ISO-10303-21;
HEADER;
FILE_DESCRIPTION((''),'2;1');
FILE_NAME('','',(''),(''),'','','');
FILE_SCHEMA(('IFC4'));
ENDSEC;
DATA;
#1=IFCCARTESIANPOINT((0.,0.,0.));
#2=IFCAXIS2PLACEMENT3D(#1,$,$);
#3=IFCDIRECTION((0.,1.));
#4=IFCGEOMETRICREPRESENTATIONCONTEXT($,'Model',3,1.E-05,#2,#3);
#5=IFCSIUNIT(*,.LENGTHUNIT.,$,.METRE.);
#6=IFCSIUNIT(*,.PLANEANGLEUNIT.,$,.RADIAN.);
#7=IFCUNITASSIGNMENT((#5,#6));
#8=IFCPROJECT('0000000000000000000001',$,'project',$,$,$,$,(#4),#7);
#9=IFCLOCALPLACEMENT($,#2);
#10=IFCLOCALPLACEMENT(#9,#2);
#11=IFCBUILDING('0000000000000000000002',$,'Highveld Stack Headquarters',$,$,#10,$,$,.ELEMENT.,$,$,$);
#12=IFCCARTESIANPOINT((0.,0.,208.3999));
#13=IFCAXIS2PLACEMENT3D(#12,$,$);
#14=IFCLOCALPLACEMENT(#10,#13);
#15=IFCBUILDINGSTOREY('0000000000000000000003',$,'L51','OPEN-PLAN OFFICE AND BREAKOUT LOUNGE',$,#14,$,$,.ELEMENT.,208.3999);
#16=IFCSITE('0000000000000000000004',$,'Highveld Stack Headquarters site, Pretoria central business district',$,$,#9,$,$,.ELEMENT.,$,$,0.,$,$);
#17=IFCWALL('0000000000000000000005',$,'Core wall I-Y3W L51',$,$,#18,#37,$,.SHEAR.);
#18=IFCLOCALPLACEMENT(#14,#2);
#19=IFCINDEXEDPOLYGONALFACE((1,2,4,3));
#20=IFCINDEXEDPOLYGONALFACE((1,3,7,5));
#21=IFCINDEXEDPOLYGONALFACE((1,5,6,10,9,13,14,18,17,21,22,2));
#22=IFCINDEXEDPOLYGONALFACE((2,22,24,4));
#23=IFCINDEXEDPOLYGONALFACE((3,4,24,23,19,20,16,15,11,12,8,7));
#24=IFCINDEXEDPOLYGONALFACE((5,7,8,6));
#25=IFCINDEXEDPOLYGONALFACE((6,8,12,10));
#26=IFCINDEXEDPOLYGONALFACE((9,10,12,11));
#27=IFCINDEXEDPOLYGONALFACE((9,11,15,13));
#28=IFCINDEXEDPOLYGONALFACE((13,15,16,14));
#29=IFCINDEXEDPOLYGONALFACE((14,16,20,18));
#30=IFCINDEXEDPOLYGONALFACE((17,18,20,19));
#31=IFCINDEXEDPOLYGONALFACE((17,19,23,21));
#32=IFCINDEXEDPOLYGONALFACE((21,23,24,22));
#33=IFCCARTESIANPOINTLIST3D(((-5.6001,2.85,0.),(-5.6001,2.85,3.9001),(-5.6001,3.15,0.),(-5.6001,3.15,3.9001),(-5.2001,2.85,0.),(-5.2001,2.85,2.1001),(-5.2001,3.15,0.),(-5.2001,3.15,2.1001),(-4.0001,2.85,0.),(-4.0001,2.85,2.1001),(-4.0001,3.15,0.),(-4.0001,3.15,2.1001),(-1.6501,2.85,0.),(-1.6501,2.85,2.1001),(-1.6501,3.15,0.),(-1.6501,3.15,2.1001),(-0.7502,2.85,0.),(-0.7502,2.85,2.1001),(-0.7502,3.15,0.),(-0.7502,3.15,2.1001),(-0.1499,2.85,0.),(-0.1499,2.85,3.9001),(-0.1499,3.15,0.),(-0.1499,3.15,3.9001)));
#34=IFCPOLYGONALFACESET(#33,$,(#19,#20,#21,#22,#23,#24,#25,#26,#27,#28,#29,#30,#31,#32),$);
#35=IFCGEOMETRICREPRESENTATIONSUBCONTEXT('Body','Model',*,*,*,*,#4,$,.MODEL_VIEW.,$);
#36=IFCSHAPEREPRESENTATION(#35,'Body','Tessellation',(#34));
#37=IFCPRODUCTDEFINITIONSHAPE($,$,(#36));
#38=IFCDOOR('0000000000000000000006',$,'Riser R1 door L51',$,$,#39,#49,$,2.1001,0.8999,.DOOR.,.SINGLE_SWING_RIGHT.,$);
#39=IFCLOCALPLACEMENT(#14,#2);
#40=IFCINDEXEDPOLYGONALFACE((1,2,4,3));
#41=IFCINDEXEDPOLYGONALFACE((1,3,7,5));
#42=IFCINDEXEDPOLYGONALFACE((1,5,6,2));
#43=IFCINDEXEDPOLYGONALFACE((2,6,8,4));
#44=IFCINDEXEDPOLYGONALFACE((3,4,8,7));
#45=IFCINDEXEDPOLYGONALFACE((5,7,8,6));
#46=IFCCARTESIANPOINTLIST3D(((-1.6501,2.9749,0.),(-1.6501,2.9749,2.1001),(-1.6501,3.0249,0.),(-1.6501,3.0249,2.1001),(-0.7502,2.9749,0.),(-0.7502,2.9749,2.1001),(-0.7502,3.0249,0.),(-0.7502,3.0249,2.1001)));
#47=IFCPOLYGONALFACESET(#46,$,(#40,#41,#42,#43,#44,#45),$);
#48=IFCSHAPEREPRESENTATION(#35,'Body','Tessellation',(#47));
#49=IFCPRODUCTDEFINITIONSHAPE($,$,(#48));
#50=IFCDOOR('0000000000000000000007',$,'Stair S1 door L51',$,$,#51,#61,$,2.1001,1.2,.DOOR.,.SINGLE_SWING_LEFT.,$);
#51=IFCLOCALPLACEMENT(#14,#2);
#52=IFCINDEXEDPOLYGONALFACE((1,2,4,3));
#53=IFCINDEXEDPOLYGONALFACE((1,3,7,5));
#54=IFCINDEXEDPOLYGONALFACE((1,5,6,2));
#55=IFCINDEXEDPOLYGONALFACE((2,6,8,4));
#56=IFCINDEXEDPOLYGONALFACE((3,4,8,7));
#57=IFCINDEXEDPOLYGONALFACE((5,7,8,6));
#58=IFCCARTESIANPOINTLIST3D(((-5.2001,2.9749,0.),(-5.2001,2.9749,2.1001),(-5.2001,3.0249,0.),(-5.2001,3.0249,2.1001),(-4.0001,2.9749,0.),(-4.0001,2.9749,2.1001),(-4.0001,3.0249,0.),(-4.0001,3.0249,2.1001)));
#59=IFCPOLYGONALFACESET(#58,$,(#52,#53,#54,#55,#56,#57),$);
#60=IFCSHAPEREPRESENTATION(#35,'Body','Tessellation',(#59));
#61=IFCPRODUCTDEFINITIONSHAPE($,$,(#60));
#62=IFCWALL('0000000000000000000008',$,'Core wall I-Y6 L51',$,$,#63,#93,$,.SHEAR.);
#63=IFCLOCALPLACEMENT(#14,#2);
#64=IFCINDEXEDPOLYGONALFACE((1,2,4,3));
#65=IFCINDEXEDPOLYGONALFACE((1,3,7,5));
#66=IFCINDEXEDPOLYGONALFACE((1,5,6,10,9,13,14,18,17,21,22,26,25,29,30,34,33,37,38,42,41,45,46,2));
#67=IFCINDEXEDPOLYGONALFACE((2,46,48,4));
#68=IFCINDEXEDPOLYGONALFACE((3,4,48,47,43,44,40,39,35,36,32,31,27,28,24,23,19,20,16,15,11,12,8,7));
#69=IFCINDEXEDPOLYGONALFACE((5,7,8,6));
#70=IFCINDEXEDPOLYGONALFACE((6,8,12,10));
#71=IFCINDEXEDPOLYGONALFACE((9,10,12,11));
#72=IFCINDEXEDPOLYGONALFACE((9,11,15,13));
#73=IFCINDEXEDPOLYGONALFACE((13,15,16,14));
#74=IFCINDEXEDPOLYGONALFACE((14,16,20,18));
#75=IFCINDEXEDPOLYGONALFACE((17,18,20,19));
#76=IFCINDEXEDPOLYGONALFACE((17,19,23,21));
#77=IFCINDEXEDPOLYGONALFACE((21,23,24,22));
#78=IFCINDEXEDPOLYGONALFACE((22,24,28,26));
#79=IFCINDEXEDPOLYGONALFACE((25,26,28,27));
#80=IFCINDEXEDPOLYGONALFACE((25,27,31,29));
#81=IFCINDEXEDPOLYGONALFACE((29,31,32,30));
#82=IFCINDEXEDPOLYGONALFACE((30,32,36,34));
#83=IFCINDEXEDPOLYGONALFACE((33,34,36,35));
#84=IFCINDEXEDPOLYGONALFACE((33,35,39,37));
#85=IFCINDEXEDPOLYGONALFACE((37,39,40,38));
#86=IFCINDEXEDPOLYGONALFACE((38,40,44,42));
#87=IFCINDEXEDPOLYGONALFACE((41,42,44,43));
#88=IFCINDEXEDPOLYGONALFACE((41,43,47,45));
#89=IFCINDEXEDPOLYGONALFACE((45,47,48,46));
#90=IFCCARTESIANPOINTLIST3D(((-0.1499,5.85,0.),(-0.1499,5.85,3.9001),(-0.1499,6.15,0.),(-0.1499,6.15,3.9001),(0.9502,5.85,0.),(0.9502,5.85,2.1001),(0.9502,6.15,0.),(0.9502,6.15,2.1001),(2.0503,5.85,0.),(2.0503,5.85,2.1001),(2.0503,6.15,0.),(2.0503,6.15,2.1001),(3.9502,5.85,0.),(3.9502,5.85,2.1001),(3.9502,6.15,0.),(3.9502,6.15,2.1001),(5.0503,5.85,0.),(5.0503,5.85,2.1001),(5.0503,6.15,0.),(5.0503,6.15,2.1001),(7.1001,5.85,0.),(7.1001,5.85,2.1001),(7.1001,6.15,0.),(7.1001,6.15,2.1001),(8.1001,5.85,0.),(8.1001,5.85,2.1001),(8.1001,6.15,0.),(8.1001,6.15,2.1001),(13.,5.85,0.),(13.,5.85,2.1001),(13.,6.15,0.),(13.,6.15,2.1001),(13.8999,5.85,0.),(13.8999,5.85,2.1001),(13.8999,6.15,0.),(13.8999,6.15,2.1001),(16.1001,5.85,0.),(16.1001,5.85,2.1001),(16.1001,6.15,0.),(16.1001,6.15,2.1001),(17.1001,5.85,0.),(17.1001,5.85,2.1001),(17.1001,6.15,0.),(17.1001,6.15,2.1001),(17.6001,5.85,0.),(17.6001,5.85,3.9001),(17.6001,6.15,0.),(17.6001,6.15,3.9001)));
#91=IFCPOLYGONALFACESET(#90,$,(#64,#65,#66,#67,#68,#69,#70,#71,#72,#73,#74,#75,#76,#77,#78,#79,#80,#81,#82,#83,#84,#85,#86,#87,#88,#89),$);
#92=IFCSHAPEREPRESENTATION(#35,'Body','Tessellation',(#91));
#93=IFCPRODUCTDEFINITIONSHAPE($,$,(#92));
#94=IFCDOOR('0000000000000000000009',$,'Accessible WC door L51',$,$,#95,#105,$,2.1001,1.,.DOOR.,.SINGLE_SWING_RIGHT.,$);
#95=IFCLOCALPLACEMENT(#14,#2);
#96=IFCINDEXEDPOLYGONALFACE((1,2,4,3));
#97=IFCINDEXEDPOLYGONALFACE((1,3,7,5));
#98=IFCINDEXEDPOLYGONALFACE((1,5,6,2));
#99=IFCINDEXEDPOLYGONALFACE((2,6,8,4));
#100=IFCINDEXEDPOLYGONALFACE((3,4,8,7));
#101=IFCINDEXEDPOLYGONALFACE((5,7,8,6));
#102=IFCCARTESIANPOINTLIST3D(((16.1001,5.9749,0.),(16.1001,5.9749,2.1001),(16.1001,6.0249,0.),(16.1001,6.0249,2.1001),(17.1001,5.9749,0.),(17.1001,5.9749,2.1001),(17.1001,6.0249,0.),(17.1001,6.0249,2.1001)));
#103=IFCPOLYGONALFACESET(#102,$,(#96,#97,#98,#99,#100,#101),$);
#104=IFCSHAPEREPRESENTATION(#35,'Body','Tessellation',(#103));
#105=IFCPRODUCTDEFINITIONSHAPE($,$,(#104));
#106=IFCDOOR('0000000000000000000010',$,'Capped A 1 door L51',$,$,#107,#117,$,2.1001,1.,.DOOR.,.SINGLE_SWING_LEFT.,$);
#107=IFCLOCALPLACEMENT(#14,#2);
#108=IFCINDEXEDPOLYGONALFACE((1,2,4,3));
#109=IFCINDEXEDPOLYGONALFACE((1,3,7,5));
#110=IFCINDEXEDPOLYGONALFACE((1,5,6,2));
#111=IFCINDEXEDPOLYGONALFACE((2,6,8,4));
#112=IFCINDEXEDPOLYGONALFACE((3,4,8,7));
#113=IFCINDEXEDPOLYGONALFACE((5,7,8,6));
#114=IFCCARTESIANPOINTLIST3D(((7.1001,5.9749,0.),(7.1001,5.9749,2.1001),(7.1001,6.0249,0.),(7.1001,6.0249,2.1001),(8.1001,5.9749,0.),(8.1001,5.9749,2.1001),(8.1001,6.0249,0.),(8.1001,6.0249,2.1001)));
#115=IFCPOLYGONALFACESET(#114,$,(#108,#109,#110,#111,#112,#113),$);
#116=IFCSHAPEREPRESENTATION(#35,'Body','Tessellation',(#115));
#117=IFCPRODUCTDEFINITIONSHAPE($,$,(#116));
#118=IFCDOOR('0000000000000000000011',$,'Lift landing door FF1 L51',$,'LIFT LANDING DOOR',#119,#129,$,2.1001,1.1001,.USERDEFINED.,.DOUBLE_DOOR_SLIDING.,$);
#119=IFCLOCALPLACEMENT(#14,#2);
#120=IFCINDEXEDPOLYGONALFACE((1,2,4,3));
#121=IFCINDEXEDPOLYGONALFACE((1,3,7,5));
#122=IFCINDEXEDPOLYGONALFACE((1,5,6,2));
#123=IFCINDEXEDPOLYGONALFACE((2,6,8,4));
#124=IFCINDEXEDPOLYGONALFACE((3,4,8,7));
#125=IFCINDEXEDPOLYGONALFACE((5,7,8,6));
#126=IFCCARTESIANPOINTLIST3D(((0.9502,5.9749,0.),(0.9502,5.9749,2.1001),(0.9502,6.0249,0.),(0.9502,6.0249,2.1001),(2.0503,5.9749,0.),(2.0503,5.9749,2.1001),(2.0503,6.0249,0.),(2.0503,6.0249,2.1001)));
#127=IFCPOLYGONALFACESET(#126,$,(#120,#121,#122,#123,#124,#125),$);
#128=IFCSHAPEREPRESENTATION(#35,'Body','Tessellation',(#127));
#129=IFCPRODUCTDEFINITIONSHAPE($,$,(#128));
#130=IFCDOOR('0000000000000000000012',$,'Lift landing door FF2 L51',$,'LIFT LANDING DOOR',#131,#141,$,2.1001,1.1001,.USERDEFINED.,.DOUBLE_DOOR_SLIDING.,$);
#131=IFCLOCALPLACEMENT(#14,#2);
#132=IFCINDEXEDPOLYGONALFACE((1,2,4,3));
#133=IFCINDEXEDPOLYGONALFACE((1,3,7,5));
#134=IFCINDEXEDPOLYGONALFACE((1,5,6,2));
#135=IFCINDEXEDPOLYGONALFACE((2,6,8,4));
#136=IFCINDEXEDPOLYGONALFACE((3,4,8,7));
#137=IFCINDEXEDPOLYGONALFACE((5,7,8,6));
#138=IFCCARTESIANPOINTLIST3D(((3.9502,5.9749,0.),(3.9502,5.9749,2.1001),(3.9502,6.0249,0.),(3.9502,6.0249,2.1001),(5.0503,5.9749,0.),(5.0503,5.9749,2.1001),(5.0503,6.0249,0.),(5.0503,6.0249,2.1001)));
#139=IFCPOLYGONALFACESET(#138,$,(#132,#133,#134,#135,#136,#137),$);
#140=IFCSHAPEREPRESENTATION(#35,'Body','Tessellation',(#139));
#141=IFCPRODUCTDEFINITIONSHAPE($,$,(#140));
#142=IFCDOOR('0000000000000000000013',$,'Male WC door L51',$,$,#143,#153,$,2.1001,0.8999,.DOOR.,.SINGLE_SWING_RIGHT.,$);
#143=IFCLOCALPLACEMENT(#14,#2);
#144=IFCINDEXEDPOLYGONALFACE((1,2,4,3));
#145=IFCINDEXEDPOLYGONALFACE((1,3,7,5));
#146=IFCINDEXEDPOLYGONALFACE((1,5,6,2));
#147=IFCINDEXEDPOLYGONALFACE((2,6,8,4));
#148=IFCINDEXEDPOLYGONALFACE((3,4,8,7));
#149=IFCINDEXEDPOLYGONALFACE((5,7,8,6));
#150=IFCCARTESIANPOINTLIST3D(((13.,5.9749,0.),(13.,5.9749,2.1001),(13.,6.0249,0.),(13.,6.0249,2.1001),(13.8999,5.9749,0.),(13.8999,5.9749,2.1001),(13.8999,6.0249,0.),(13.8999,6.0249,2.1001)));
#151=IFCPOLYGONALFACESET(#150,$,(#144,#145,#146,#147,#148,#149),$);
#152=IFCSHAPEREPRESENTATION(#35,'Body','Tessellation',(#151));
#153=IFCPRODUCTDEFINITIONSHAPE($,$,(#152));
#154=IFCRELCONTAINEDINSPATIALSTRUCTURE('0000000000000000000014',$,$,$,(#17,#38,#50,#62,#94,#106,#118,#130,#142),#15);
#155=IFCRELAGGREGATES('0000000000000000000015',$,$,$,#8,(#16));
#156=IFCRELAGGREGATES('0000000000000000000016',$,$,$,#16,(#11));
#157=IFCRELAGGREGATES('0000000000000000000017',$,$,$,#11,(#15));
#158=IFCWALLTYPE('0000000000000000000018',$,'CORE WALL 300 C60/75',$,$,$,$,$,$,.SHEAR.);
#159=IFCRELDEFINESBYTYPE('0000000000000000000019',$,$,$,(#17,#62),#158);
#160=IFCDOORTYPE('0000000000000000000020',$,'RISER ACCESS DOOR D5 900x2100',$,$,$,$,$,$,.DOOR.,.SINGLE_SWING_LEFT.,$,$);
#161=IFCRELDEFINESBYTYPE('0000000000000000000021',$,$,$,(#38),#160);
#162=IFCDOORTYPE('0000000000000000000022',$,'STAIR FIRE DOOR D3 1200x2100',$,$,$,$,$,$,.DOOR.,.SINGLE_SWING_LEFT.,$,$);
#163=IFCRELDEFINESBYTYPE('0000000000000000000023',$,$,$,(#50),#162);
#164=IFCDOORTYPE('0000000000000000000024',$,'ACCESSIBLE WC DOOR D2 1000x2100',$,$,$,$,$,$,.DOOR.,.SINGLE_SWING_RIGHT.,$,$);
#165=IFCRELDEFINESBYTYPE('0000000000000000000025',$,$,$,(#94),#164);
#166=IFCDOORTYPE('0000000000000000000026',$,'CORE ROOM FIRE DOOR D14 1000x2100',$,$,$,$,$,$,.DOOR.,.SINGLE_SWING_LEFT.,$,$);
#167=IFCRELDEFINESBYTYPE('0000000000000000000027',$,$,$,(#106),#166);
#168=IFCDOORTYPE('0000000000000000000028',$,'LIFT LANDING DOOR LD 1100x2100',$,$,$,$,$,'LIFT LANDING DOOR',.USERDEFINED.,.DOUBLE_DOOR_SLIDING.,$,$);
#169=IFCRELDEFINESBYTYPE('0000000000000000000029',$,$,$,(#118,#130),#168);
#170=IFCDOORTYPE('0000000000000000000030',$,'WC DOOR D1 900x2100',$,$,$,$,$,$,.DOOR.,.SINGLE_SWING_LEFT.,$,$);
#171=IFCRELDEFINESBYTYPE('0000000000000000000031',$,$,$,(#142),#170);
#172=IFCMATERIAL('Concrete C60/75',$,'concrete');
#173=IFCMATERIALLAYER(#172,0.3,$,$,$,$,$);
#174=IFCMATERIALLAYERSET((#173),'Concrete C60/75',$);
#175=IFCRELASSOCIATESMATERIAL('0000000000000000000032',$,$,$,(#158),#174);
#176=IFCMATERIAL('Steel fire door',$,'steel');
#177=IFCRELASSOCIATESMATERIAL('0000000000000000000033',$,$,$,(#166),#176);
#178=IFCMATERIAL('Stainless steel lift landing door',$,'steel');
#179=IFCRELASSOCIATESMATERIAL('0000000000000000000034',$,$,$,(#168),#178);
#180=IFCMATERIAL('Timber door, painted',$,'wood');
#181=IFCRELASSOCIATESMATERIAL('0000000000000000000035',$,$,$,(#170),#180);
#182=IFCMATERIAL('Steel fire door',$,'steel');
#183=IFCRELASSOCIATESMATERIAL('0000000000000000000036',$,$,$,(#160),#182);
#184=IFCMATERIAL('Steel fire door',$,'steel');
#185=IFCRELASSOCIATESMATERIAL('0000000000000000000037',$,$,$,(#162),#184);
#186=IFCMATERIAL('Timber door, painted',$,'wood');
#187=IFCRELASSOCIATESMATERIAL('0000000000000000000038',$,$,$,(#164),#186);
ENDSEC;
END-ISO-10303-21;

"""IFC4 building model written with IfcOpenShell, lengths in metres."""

from ifc_helpers import new_model, si_unit, direction, frame, frame_2d, origin, place, context, subcontext, project, spatial, rectangle, extrude, material, layer, layer_set, type_object, element, fill, save


model = new_model("IFC4")

# Units and contexts
model_context = context("Model", 3, precision=1e-05, world=origin(), true_north=direction((0.0, 1.0)))
body_context = subcontext(model_context, "Body", "Model", "MODEL_VIEW")
ifc_project = project(units=[si_unit("LENGTHUNIT", "METRE"), si_unit("PLANEANGLEUNIT", "RADIAN")], contexts=[model_context])

# Site, building, storey
site_placement = place(None, origin())
site = spatial("IfcSite", under=ifc_project, at=site_placement, Name="Highveld Stack Headquarters site, Pretoria central business district", CompositionType="ELEMENT", RefElevation=0.0)
building_placement = place(site_placement, origin())
building = spatial("IfcBuilding", under=site, at=building_placement, Name="Highveld Stack Headquarters", CompositionType="ELEMENT")
storey_placement = place(building_placement, frame((0.0, 0.0, 208.3999)))
storey = spatial("IfcBuildingStorey", under=building, at=storey_placement, Name="L51", Description="OPEN-PLAN OFFICE AND BREAKOUT LOUNGE", CompositionType="ELEMENT", Elevation=208.3999)

# Walls, openings, doors
ifc_material_1 = material(Name="Concrete C60/75", Category="concrete")
ifc_layer_1 = layer(ifc_material_1, 0.3)
ifc_layer_set_1 = layer_set([ifc_layer_1], Name="Concrete C60/75")
wall_type_1 = type_object("IfcWallType", Name="CORE WALL 300 C60/75", PredefinedType="SHEAR", material=ifc_layer_set_1)
ifc_material_2 = material(Name="Steel fire door", Category="steel")
door_type_1 = type_object("IfcDoorType", Name="CORE ROOM FIRE DOOR D14 1000x2100", OperationType="SINGLE_SWING_LEFT", PredefinedType="DOOR", material=ifc_material_2)
ifc_material_3 = material(Name="Stainless steel lift landing door", Category="steel")
door_type_2 = type_object("IfcDoorType", Name="LIFT LANDING DOOR LD 1100x2100", ElementType="LIFT LANDING DOOR", OperationType="DOUBLE_DOOR_SLIDING", PredefinedType="USERDEFINED", material=ifc_material_3)
ifc_material_4 = material(Name="Timber door, painted", Category="wood")
door_type_3 = type_object("IfcDoorType", Name="WC DOOR D1 900x2100", OperationType="SINGLE_SWING_LEFT", PredefinedType="DOOR", material=ifc_material_4)
wall_1_placement = place(storey_placement, frame((-5.6001, 3.0, 0.0), z_axis=(0.0, 0.0, 1.0), x_axis=(1.0, 0.0, 0.0)))
wall_1 = element("IfcWall", 1, at=wall_1_placement, inside=storey, type_object=wall_type_1, Name="Core wall I-Y3W L51", PredefinedType="SHEAR", context=body_context, shape_type="SweptSolid", body=[
    extrude(rectangle(XDim=5.4502, YDim=0.3, at=frame_2d((2.7251, 0.0))), origin(), (0.0, 0.0, 1.0), 3.9001),
])
opening_1_placement = place(wall_1_placement, frame((0.3999, 0.0, 0.0)))
opening_1 = element("IfcOpeningElement", 2, at=opening_1_placement, cuts=wall_1, PredefinedType="OPENING", context=body_context, shape_type="SweptSolid", body=[
    extrude(rectangle(XDim=1.2, YDim=2.1001, at=frame_2d((0.6001, 1.05))), frame((0.0, 0.1599, 0.0), z_axis=(0.0, -1.0, 0.0), x_axis=(1.0, 0.0, 0.0)), (0.0, 0.0, 1.0), 0.3201),
])
opening_2_placement = place(wall_1_placement, frame((3.95, 0.0, 0.0)))
opening_2 = element("IfcOpeningElement", 3, at=opening_2_placement, cuts=wall_1, PredefinedType="OPENING", context=body_context, shape_type="SweptSolid", body=[
    extrude(rectangle(XDim=0.8999, YDim=2.1001, at=frame_2d((0.45, 1.05))), frame((0.0, 0.1599, 0.0), z_axis=(0.0, -1.0, 0.0), x_axis=(1.0, 0.0, 0.0)), (0.0, 0.0, 1.0), 0.3201),
])
ifc_material_5 = material(Name="Steel fire door", Category="steel")
door_type_4 = type_object("IfcDoorType", Name="RISER ACCESS DOOR D5 900x2100", OperationType="SINGLE_SWING_LEFT", PredefinedType="DOOR", material=ifc_material_5)
door_1_placement = place(opening_2_placement, origin())
door_1 = element("IfcDoor", 4, at=door_1_placement, inside=storey, type_object=door_type_4, Name="Riser R1 door L51", OperationType="SINGLE_SWING_RIGHT", OverallHeight=2.1001, OverallWidth=0.8999, PredefinedType="DOOR", context=body_context, shape_type="SweptSolid", body=[
    extrude(rectangle(XDim=0.8999, YDim=2.1001, at=frame_2d((0.45, 1.05))), frame((0.0, 0.0249, 0.0), z_axis=(0.0, -1.0, 0.0), x_axis=(1.0, 0.0, 0.0)), (0.0, 0.0, 1.0), 0.05),
])
fill(opening_2, door_1)
ifc_material_6 = material(Name="Steel fire door", Category="steel")
door_type_5 = type_object("IfcDoorType", Name="STAIR FIRE DOOR D3 1200x2100", OperationType="SINGLE_SWING_LEFT", PredefinedType="DOOR", material=ifc_material_6)
door_2_placement = place(opening_1_placement, origin())
door_2 = element("IfcDoor", 5, at=door_2_placement, inside=storey, type_object=door_type_5, Name="Stair S1 door L51", OperationType="SINGLE_SWING_LEFT", OverallHeight=2.1001, OverallWidth=1.2, PredefinedType="DOOR", context=body_context, shape_type="SweptSolid", body=[
    extrude(rectangle(XDim=1.2, YDim=2.1001, at=frame_2d((0.6001, 1.05))), frame((0.0, 0.0249, 0.0), z_axis=(0.0, -1.0, 0.0), x_axis=(1.0, 0.0, 0.0)), (0.0, 0.0, 1.0), 0.05),
])
fill(opening_1, door_2)
wall_2_placement = place(storey_placement, frame((-0.1499, 6.0, 0.0), z_axis=(0.0, 0.0, 1.0), x_axis=(1.0, 0.0, 0.0)))
wall_2 = element("IfcWall", 6, at=wall_2_placement, inside=storey, type_object=wall_type_1, Name="Core wall I-Y6 L51", PredefinedType="SHEAR", context=body_context, shape_type="SweptSolid", body=[
    extrude(rectangle(XDim=17.75, YDim=0.3, at=frame_2d((8.875, 0.0))), origin(), (0.0, 0.0, 1.0), 3.9001),
])
opening_3_placement = place(wall_2_placement, frame((13.1499, 0.0, 0.0)))
opening_3 = element("IfcOpeningElement", 7, at=opening_3_placement, cuts=wall_2, PredefinedType="OPENING", context=body_context, shape_type="SweptSolid", body=[
    extrude(rectangle(XDim=0.8999, YDim=2.1001, at=frame_2d((0.45, 1.05))), frame((0.0, 0.1599, 0.0), z_axis=(0.0, -1.0, 0.0), x_axis=(1.0, 0.0, 0.0)), (0.0, 0.0, 1.0), 0.3201),
])
opening_4_placement = place(wall_2_placement, frame((16.25, 0.0, 0.0)))
opening_4 = element("IfcOpeningElement", 8, at=opening_4_placement, cuts=wall_2, PredefinedType="OPENING", context=body_context, shape_type="SweptSolid", body=[
    extrude(rectangle(XDim=1.0, YDim=2.1001, at=frame_2d((0.5, 1.05))), frame((0.0, 0.1599, 0.0), z_axis=(0.0, -1.0, 0.0), x_axis=(1.0, 0.0, 0.0)), (0.0, 0.0, 1.0), 0.3201),
])
opening_5_placement = place(wall_2_placement, frame((7.25, 0.0, 0.0)))
opening_5 = element("IfcOpeningElement", 9, at=opening_5_placement, cuts=wall_2, PredefinedType="OPENING", context=body_context, shape_type="SweptSolid", body=[
    extrude(rectangle(XDim=1.0, YDim=2.1001, at=frame_2d((0.5, 1.05))), frame((0.0, 0.1599, 0.0), z_axis=(0.0, -1.0, 0.0), x_axis=(1.0, 0.0, 0.0)), (0.0, 0.0, 1.0), 0.3201),
])
opening_6_placement = place(wall_2_placement, frame((1.1001, 0.0, 0.0)))
opening_6 = element("IfcOpeningElement", 10, at=opening_6_placement, cuts=wall_2, PredefinedType="OPENING", context=body_context, shape_type="SweptSolid", body=[
    extrude(rectangle(XDim=1.1001, YDim=2.1001, at=frame_2d((0.55, 1.05))), frame((0.0, 0.1599, 0.0), z_axis=(0.0, -1.0, 0.0), x_axis=(1.0, 0.0, 0.0)), (0.0, 0.0, 1.0), 0.3201),
])
opening_7_placement = place(wall_2_placement, frame((4.1001, 0.0, 0.0)))
opening_7 = element("IfcOpeningElement", 11, at=opening_7_placement, cuts=wall_2, PredefinedType="OPENING", context=body_context, shape_type="SweptSolid", body=[
    extrude(rectangle(XDim=1.1001, YDim=2.1001, at=frame_2d((0.55, 1.05))), frame((0.0, 0.1599, 0.0), z_axis=(0.0, -1.0, 0.0), x_axis=(1.0, 0.0, 0.0)), (0.0, 0.0, 1.0), 0.3201),
])
ifc_material_7 = material(Name="Timber door, painted", Category="wood")
door_type_6 = type_object("IfcDoorType", Name="ACCESSIBLE WC DOOR D2 1000x2100", OperationType="SINGLE_SWING_RIGHT", PredefinedType="DOOR", material=ifc_material_7)
door_3_placement = place(opening_4_placement, origin())
door_3 = element("IfcDoor", 12, at=door_3_placement, inside=storey, type_object=door_type_6, Name="Accessible WC door L51", OperationType="SINGLE_SWING_RIGHT", OverallHeight=2.1001, OverallWidth=1.0, PredefinedType="DOOR", context=body_context, shape_type="SweptSolid", body=[
    extrude(rectangle(XDim=1.0, YDim=2.1001, at=frame_2d((0.5, 1.05))), frame((0.0, 0.0249, 0.0), z_axis=(0.0, -1.0, 0.0), x_axis=(1.0, 0.0, 0.0)), (0.0, 0.0, 1.0), 0.05),
])
fill(opening_4, door_3)
door_4_placement = place(opening_5_placement, origin())
door_4 = element("IfcDoor", 13, at=door_4_placement, inside=storey, type_object=door_type_1, Name="Capped A 1 door L51", OperationType="SINGLE_SWING_LEFT", OverallHeight=2.1001, OverallWidth=1.0, PredefinedType="DOOR", context=body_context, shape_type="SweptSolid", body=[
    extrude(rectangle(XDim=1.0, YDim=2.1001, at=frame_2d((0.5, 1.05))), frame((0.0, 0.0249, 0.0), z_axis=(0.0, -1.0, 0.0), x_axis=(1.0, 0.0, 0.0)), (0.0, 0.0, 1.0), 0.05),
])
fill(opening_5, door_4)
door_5_placement = place(opening_6_placement, origin())
door_5 = element("IfcDoor", 14, at=door_5_placement, inside=storey, type_object=door_type_2, Name="Lift landing door FF1 L51", ObjectType="LIFT LANDING DOOR", OperationType="DOUBLE_DOOR_SLIDING", OverallHeight=2.1001, OverallWidth=1.1001, PredefinedType="USERDEFINED", context=body_context, shape_type="SweptSolid", body=[
    extrude(rectangle(XDim=1.1001, YDim=2.1001, at=frame_2d((0.55, 1.05))), frame((0.0, 0.0249, 0.0), z_axis=(0.0, -1.0, 0.0), x_axis=(1.0, 0.0, 0.0)), (0.0, 0.0, 1.0), 0.05),
])
fill(opening_6, door_5)
door_6_placement = place(opening_7_placement, origin())
door_6 = element("IfcDoor", 15, at=door_6_placement, inside=storey, type_object=door_type_2, Name="Lift landing door FF2 L51", ObjectType="LIFT LANDING DOOR", OperationType="DOUBLE_DOOR_SLIDING", OverallHeight=2.1001, OverallWidth=1.1001, PredefinedType="USERDEFINED", context=body_context, shape_type="SweptSolid", body=[
    extrude(rectangle(XDim=1.1001, YDim=2.1001, at=frame_2d((0.55, 1.05))), frame((0.0, 0.0249, 0.0), z_axis=(0.0, -1.0, 0.0), x_axis=(1.0, 0.0, 0.0)), (0.0, 0.0, 1.0), 0.05),
])
fill(opening_7, door_6)
door_7_placement = place(opening_3_placement, origin())
door_7 = element("IfcDoor", 16, at=door_7_placement, inside=storey, type_object=door_type_3, Name="Male WC door L51", OperationType="SINGLE_SWING_RIGHT", OverallHeight=2.1001, OverallWidth=0.8999, PredefinedType="DOOR", context=body_context, shape_type="SweptSolid", body=[
    extrude(rectangle(XDim=0.8999, YDim=2.1001, at=frame_2d((0.45, 1.05))), frame((0.0, 0.0249, 0.0), z_axis=(0.0, -1.0, 0.0), x_axis=(1.0, 0.0, 0.0)), (0.0, 0.0, 1.0), 0.05),
])
fill(opening_3, door_7)

save(model, "model.ifc")
